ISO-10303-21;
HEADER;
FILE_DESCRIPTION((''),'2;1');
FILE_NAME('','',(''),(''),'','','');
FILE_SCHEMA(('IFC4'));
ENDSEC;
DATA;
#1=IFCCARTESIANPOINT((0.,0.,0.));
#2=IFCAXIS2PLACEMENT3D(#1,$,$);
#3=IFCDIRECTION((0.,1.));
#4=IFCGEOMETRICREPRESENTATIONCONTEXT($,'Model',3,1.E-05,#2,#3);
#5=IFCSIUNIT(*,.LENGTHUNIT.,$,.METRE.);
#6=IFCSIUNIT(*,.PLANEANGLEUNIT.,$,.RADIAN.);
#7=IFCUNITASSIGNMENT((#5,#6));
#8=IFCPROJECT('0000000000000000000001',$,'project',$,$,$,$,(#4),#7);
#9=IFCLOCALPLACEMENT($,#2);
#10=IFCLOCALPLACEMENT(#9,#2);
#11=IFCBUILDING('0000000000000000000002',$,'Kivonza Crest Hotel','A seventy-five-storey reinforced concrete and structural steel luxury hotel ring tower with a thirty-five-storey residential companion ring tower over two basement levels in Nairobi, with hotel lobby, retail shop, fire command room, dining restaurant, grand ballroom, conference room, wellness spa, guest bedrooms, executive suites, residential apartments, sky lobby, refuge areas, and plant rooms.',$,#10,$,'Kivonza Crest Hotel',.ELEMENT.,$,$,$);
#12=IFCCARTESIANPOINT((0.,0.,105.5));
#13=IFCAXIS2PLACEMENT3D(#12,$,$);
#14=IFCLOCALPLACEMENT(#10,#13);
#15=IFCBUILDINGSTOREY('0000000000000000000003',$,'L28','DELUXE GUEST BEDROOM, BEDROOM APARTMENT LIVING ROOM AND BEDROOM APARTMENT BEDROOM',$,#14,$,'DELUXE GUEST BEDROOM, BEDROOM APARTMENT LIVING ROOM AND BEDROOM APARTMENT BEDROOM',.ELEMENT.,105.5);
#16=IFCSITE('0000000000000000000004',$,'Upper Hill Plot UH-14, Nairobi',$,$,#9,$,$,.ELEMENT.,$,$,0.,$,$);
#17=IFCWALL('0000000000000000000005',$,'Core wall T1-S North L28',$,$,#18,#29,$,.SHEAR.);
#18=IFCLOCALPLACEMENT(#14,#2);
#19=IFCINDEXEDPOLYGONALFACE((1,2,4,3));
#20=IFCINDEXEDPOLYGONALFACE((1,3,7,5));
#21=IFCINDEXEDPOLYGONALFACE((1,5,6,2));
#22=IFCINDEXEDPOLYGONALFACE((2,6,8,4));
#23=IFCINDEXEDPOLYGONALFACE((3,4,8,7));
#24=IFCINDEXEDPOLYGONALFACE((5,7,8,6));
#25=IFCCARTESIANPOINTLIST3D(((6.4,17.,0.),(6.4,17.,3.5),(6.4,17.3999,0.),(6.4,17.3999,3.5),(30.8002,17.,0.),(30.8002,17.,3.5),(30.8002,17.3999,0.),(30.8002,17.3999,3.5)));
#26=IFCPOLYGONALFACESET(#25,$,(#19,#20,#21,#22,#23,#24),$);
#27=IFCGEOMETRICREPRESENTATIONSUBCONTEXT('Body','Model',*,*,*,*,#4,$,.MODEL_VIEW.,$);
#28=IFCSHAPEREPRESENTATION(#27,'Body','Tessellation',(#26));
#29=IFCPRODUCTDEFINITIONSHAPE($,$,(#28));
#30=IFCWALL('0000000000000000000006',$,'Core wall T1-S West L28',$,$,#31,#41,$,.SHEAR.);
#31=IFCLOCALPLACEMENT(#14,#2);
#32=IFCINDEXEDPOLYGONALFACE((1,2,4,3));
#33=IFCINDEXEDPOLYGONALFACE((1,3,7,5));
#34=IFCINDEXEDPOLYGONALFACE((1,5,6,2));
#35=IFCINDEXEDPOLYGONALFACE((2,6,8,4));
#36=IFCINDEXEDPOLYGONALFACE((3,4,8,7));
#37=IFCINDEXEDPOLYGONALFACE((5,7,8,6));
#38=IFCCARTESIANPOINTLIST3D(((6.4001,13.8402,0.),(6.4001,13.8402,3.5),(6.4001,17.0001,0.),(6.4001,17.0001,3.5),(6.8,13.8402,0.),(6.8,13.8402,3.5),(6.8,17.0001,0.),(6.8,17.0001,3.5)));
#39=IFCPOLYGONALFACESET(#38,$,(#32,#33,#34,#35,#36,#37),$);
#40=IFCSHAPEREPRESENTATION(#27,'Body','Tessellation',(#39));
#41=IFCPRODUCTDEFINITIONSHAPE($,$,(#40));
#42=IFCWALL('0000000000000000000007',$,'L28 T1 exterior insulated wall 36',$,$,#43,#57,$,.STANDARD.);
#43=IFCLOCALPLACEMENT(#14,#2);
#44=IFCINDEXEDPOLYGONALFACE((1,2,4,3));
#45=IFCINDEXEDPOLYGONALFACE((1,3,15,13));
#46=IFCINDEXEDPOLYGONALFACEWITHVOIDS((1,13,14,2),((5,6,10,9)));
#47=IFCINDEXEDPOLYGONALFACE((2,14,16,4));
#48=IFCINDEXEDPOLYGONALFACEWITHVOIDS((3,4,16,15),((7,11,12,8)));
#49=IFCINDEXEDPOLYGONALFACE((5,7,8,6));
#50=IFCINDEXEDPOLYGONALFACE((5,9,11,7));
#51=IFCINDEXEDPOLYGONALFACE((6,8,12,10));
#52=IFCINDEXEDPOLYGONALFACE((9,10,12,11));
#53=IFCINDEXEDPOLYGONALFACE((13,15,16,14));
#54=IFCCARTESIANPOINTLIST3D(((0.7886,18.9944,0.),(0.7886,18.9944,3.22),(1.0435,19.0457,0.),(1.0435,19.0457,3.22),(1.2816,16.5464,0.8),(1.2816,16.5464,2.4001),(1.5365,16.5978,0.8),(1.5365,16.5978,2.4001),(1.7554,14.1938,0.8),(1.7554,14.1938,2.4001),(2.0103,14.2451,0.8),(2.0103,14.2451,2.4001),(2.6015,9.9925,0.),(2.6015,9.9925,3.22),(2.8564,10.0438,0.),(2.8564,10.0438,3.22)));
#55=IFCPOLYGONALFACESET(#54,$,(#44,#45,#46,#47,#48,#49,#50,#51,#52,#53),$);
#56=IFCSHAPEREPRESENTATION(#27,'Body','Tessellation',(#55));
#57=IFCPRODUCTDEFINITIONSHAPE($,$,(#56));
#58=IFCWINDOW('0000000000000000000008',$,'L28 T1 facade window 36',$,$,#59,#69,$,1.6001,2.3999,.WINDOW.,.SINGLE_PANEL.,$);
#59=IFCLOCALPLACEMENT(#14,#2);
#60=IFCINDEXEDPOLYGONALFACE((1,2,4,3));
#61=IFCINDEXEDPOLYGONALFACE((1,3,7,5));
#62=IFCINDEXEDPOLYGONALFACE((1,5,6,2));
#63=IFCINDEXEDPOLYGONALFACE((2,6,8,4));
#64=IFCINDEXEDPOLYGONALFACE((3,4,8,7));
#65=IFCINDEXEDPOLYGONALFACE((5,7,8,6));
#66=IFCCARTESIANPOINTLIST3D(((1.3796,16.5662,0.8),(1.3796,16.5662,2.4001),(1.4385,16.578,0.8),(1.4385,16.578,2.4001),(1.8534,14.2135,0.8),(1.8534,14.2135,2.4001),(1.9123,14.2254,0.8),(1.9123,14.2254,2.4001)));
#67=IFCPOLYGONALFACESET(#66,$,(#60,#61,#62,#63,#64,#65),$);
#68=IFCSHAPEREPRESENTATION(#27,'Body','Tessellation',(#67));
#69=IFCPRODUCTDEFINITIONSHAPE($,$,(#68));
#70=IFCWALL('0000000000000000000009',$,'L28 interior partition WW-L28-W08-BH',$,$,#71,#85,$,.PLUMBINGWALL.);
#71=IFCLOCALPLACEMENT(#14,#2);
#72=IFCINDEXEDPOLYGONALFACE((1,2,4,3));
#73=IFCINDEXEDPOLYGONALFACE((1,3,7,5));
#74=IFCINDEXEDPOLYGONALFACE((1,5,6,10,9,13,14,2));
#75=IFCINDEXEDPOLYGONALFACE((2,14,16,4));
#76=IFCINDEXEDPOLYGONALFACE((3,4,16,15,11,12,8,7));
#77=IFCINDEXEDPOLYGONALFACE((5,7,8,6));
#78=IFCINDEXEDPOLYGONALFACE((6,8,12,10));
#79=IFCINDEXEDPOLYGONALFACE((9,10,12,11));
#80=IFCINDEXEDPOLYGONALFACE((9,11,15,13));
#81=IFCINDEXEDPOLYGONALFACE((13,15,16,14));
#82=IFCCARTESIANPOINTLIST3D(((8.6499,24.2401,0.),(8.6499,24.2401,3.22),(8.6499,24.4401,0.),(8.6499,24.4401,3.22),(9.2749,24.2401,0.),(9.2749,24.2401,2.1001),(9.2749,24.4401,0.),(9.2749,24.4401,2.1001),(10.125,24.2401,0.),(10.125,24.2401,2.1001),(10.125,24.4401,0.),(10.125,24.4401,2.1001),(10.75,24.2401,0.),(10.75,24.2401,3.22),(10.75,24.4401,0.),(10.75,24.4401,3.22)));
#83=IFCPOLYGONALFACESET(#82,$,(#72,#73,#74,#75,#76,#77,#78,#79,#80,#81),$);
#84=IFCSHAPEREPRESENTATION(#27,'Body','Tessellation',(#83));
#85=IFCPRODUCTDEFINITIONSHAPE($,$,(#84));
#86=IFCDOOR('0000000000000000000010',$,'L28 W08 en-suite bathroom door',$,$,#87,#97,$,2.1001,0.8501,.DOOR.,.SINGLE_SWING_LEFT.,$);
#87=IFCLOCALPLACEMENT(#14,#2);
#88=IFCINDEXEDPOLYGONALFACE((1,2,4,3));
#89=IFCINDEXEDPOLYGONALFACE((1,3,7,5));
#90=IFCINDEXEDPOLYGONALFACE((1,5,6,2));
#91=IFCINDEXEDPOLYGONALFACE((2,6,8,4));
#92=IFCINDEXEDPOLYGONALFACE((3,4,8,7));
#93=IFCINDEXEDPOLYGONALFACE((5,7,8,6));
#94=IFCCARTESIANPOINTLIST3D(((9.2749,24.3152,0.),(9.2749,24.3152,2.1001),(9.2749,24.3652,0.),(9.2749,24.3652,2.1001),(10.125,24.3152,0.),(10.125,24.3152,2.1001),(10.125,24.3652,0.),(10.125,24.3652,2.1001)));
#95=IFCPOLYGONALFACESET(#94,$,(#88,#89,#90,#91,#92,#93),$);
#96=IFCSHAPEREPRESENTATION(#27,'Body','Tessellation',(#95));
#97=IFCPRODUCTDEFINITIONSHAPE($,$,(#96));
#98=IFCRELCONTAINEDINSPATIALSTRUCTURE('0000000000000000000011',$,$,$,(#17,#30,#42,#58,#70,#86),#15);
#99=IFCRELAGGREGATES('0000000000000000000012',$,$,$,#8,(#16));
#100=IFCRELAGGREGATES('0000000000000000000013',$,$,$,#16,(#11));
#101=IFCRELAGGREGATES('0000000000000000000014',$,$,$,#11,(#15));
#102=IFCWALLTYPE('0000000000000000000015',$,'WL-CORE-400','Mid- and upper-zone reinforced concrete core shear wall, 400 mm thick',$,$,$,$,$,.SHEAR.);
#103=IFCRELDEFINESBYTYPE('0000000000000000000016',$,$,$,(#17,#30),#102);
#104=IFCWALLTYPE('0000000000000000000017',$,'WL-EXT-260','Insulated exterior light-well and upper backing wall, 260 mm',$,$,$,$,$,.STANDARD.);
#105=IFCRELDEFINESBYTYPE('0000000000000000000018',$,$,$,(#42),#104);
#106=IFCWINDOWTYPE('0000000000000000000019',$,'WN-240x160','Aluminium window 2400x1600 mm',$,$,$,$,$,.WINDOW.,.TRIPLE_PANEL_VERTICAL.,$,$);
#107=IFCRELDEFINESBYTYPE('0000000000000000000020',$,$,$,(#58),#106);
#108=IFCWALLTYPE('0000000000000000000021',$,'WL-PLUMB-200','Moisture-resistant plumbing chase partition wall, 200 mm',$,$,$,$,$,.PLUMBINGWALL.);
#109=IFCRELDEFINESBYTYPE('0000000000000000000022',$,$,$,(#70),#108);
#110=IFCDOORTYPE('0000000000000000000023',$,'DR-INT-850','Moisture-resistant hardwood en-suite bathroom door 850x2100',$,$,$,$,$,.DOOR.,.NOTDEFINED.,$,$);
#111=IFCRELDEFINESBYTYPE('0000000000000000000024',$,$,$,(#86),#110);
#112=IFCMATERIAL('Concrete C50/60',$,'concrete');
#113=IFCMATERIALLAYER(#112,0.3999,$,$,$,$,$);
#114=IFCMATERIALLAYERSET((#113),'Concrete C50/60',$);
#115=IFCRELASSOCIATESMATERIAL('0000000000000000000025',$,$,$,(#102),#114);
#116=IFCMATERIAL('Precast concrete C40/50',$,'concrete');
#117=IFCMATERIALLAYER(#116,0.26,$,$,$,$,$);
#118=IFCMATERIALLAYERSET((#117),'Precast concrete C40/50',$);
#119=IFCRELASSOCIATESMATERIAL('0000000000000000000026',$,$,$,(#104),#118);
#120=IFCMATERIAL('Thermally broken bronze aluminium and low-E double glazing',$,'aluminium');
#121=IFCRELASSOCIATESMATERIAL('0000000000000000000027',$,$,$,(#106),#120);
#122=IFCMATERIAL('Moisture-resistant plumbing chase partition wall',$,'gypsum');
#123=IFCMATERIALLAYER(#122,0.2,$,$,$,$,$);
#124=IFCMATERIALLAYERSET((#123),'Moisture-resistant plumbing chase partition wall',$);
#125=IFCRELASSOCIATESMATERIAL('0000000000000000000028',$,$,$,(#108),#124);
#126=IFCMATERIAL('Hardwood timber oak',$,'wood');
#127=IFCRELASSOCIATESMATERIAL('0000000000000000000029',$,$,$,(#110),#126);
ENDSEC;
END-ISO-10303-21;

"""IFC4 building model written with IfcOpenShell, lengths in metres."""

from ifc_helpers import new_model, si_unit, direction, frame, frame_2d, origin, place, context, subcontext, project, spatial, rectangle, extrude, material, layer, layer_set, type_object, element, fill, save


model = new_model("IFC4")

# Units and contexts
model_context = context("Model", 3, precision=1e-05, world=origin(), true_north=direction((0.0, 1.0)))
body_context = subcontext(model_context, "Body", "Model", "MODEL_VIEW")
ifc_project = project(units=[si_unit("LENGTHUNIT", "METRE"), si_unit("PLANEANGLEUNIT", "RADIAN")], contexts=[model_context])

# Site, building, storey
site_placement = place(None, origin())
site = spatial("IfcSite", under=ifc_project, at=site_placement, Name="Upper Hill Plot UH-14, Nairobi", CompositionType="ELEMENT", RefElevation=0.0)
building_placement = place(site_placement, origin())
building = spatial("IfcBuilding", under=site, at=building_placement, Name="Kivonza Crest Hotel", Description="A seventy-five-storey reinforced concrete and structural steel luxury hotel ring tower with a thirty-five-storey residential companion ring tower over two basement levels in Nairobi, with hotel lobby, retail shop, fire command room, dining restaurant, grand ballroom, conference room, wellness spa, guest bedrooms, executive suites, residential apartments, sky lobby, refuge areas, and plant rooms.", LongName="Kivonza Crest Hotel", CompositionType="ELEMENT")
storey_placement = place(building_placement, frame((0.0, 0.0, 105.5)))
storey = spatial("IfcBuildingStorey", under=building, at=storey_placement, Name="L28", Description="DELUXE GUEST BEDROOM, BEDROOM APARTMENT LIVING ROOM AND BEDROOM APARTMENT BEDROOM", LongName="DELUXE GUEST BEDROOM, BEDROOM APARTMENT LIVING ROOM AND BEDROOM APARTMENT BEDROOM", CompositionType="ELEMENT", Elevation=105.5)

# Shared definitions
ifc_material_1 = material(Name="Concrete C50/60", Category="concrete")

# Shared definitions
ifc_layer_1 = layer(ifc_material_1, 0.3999)
ifc_layer_set_1 = layer_set([ifc_layer_1], Name="Concrete C50/60")
wall_type_1 = type_object("IfcWallType", Name="WL-CORE-400", Description="Mid- and upper-zone reinforced concrete core shear wall, 400 mm thick", PredefinedType="SHEAR", material=ifc_layer_set_1)
ifc_material_2 = material(Name="Hardwood timber oak", Category="wood")

# Walls
wall_1_placement = place(storey_placement, frame((6.3999, 17.2, 0.0), z_axis=(0.0, 0.0, 1.0), x_axis=(1.0, 0.0, 0.0)))
element("IfcWall", 1, at=wall_1_placement, inside=storey, type_object=wall_type_1, Name="Core wall T1-S North L28", PredefinedType="SHEAR", context=body_context, shape_type="SweptSolid", body=[
    extrude(rectangle(XDim=24.4001, YDim=0.3999, at=frame_2d((12.2002, 0.0))), origin(), (0.0, 0.0, 1.0), 3.5),
])
wall_2_placement = place(storey_placement, frame((6.6001, 13.8401, 0.0), z_axis=(0.0, 0.0, 1.0), x_axis=(0.0, 1.0, 0.0)))
element("IfcWall", 2, at=wall_2_placement, inside=storey, type_object=wall_type_1, Name="Core wall T1-S West L28", PredefinedType="SHEAR", context=body_context, shape_type="SweptSolid", body=[
    extrude(rectangle(XDim=3.1599, YDim=0.3999, at=frame_2d((1.5801, 0.0))), origin(), (0.0, 0.0, 1.0), 3.5),
])

# Wall, opening, window
ifc_material_3 = material(Name="Precast concrete C40/50", Category="concrete")
ifc_layer_2 = layer(ifc_material_3, 0.26)
ifc_layer_set_2 = layer_set([ifc_layer_2], Name="Precast concrete C40/50")
wall_type_2 = type_object("IfcWallType", Name="WL-EXT-260", Description="Insulated exterior light-well and upper backing wall, 260 mm", PredefinedType="STANDARD", material=ifc_layer_set_2)
wall_3_placement = place(storey_placement, frame((0.916, 19.02, 0.0), z_axis=(0.0, 0.0, 1.0), x_axis=(0.197435, -0.980316, 0.0)))
wall_3 = element("IfcWall", 3, at=wall_3_placement, inside=storey, type_object=wall_type_2, Name="L28 T1 exterior insulated wall 36", PredefinedType="STANDARD", context=body_context, shape_type="SweptSolid", body=[
    extrude(rectangle(XDim=9.1826, YDim=0.26, at=frame_2d((4.5913, 0.0))), origin(), (0.0, 0.0, 1.0), 3.22),
])
opening_1_placement = place(wall_3_placement, frame((2.4971, 0.0, 0.8)))
opening_1 = element("IfcOpeningElement", 4, at=opening_1_placement, cuts=wall_3, PredefinedType="OPENING", context=body_context, shape_type="SweptSolid", body=[
    extrude(rectangle(XDim=2.3999, YDim=1.6001, at=frame_2d((1.2, 0.8))), frame((0.0, 0.1401, 0.0), z_axis=(0.0, -1.0, 0.0), x_axis=(1.0, 0.0, 0.0)), (0.0, 0.0, 1.0), 0.28),
])
ifc_material_4 = material(Name="Thermally broken bronze aluminium and low-E double glazing", Category="aluminium")
window_type = type_object("IfcWindowType", Name="WN-240x160", Description="Aluminium window 2400x1600 mm", PartitioningType="TRIPLE_PANEL_VERTICAL", PredefinedType="WINDOW", material=ifc_material_4)
window_placement = place(opening_1_placement, origin())
window = element("IfcWindow", 5, at=window_placement, inside=storey, type_object=window_type, Name="L28 T1 facade window 36", OverallHeight=1.6001, OverallWidth=2.3999, PartitioningType="SINGLE_PANEL", PredefinedType="WINDOW", context=body_context, shape_type="SweptSolid", body=[
    extrude(rectangle(XDim=2.3999, YDim=1.6001, at=frame_2d((1.2, 0.8))), frame((0.0, 0.03, 0.0), z_axis=(0.0, -1.0, 0.0), x_axis=(1.0, 0.0, 0.0)), (0.0, 0.0, 1.0), 0.0601),
])
fill(opening_1, window)

# Wall, opening, door
ifc_material_5 = material(Name="Moisture-resistant plumbing chase partition wall", Category="gypsum")
ifc_layer_3 = layer(ifc_material_5, 0.2)
ifc_layer_set_3 = layer_set([ifc_layer_3], Name="Moisture-resistant plumbing chase partition wall")
wall_type_3 = type_object("IfcWallType", Name="WL-PLUMB-200", Description="Moisture-resistant plumbing chase partition wall, 200 mm", PredefinedType="PLUMBINGWALL", material=ifc_layer_set_3)
wall_4_placement = place(storey_placement, frame((8.6499, 24.3401, 0.0), z_axis=(0.0, 0.0, 1.0), x_axis=(1.0, 0.0, 0.0)))
wall_4 = element("IfcWall", 6, at=wall_4_placement, inside=storey, type_object=wall_type_3, Name="L28 interior partition WW-L28-W08-BH", PredefinedType="PLUMBINGWALL", context=body_context, shape_type="SweptSolid", body=[
    extrude(rectangle(XDim=2.1001, YDim=0.2, at=frame_2d((1.05, 0.0))), origin(), (0.0, 0.0, 1.0), 3.22),
])
opening_2_placement = place(wall_4_placement, frame((0.625, 0.0, 0.0)))
opening_2 = element("IfcOpeningElement", 7, at=opening_2_placement, cuts=wall_4, PredefinedType="OPENING", context=body_context, shape_type="SweptSolid", body=[
    extrude(rectangle(XDim=0.8501, YDim=2.1001, at=frame_2d((0.425, 1.05))), frame((0.0, 0.1099, 0.0), z_axis=(0.0, -1.0, 0.0), x_axis=(1.0, 0.0, 0.0)), (0.0, 0.0, 1.0), 0.22),
])
door_type_1 = type_object("IfcDoorType", Name="DR-INT-850", Description="Moisture-resistant hardwood en-suite bathroom door 850x2100", OperationType="NOTDEFINED", PredefinedType="DOOR", material=ifc_material_2)
door_1_placement = place(opening_2_placement, frame((0.8501, 0.0, 0.0), z_axis=(0.0, 0.0, 1.0), x_axis=(-1.0, 0.0, 0.0)))
door_1 = element("IfcDoor", 8, at=door_1_placement, inside=storey, type_object=door_type_1, Name="L28 W08 en-suite bathroom door", OperationType="SINGLE_SWING_LEFT", OverallHeight=2.1001, OverallWidth=0.8501, PredefinedType="DOOR", context=body_context, shape_type="SweptSolid", body=[
    extrude(rectangle(XDim=0.8501, YDim=2.1001, at=frame_2d((0.425, 1.05))), frame((0.0, 0.0249, 0.0), z_axis=(0.0, -1.0, 0.0), x_axis=(1.0, 0.0, 0.0)), (0.0, 0.0, 1.0), 0.05),
])
fill(opening_2, door_1)

save(model, "model.ifc")
